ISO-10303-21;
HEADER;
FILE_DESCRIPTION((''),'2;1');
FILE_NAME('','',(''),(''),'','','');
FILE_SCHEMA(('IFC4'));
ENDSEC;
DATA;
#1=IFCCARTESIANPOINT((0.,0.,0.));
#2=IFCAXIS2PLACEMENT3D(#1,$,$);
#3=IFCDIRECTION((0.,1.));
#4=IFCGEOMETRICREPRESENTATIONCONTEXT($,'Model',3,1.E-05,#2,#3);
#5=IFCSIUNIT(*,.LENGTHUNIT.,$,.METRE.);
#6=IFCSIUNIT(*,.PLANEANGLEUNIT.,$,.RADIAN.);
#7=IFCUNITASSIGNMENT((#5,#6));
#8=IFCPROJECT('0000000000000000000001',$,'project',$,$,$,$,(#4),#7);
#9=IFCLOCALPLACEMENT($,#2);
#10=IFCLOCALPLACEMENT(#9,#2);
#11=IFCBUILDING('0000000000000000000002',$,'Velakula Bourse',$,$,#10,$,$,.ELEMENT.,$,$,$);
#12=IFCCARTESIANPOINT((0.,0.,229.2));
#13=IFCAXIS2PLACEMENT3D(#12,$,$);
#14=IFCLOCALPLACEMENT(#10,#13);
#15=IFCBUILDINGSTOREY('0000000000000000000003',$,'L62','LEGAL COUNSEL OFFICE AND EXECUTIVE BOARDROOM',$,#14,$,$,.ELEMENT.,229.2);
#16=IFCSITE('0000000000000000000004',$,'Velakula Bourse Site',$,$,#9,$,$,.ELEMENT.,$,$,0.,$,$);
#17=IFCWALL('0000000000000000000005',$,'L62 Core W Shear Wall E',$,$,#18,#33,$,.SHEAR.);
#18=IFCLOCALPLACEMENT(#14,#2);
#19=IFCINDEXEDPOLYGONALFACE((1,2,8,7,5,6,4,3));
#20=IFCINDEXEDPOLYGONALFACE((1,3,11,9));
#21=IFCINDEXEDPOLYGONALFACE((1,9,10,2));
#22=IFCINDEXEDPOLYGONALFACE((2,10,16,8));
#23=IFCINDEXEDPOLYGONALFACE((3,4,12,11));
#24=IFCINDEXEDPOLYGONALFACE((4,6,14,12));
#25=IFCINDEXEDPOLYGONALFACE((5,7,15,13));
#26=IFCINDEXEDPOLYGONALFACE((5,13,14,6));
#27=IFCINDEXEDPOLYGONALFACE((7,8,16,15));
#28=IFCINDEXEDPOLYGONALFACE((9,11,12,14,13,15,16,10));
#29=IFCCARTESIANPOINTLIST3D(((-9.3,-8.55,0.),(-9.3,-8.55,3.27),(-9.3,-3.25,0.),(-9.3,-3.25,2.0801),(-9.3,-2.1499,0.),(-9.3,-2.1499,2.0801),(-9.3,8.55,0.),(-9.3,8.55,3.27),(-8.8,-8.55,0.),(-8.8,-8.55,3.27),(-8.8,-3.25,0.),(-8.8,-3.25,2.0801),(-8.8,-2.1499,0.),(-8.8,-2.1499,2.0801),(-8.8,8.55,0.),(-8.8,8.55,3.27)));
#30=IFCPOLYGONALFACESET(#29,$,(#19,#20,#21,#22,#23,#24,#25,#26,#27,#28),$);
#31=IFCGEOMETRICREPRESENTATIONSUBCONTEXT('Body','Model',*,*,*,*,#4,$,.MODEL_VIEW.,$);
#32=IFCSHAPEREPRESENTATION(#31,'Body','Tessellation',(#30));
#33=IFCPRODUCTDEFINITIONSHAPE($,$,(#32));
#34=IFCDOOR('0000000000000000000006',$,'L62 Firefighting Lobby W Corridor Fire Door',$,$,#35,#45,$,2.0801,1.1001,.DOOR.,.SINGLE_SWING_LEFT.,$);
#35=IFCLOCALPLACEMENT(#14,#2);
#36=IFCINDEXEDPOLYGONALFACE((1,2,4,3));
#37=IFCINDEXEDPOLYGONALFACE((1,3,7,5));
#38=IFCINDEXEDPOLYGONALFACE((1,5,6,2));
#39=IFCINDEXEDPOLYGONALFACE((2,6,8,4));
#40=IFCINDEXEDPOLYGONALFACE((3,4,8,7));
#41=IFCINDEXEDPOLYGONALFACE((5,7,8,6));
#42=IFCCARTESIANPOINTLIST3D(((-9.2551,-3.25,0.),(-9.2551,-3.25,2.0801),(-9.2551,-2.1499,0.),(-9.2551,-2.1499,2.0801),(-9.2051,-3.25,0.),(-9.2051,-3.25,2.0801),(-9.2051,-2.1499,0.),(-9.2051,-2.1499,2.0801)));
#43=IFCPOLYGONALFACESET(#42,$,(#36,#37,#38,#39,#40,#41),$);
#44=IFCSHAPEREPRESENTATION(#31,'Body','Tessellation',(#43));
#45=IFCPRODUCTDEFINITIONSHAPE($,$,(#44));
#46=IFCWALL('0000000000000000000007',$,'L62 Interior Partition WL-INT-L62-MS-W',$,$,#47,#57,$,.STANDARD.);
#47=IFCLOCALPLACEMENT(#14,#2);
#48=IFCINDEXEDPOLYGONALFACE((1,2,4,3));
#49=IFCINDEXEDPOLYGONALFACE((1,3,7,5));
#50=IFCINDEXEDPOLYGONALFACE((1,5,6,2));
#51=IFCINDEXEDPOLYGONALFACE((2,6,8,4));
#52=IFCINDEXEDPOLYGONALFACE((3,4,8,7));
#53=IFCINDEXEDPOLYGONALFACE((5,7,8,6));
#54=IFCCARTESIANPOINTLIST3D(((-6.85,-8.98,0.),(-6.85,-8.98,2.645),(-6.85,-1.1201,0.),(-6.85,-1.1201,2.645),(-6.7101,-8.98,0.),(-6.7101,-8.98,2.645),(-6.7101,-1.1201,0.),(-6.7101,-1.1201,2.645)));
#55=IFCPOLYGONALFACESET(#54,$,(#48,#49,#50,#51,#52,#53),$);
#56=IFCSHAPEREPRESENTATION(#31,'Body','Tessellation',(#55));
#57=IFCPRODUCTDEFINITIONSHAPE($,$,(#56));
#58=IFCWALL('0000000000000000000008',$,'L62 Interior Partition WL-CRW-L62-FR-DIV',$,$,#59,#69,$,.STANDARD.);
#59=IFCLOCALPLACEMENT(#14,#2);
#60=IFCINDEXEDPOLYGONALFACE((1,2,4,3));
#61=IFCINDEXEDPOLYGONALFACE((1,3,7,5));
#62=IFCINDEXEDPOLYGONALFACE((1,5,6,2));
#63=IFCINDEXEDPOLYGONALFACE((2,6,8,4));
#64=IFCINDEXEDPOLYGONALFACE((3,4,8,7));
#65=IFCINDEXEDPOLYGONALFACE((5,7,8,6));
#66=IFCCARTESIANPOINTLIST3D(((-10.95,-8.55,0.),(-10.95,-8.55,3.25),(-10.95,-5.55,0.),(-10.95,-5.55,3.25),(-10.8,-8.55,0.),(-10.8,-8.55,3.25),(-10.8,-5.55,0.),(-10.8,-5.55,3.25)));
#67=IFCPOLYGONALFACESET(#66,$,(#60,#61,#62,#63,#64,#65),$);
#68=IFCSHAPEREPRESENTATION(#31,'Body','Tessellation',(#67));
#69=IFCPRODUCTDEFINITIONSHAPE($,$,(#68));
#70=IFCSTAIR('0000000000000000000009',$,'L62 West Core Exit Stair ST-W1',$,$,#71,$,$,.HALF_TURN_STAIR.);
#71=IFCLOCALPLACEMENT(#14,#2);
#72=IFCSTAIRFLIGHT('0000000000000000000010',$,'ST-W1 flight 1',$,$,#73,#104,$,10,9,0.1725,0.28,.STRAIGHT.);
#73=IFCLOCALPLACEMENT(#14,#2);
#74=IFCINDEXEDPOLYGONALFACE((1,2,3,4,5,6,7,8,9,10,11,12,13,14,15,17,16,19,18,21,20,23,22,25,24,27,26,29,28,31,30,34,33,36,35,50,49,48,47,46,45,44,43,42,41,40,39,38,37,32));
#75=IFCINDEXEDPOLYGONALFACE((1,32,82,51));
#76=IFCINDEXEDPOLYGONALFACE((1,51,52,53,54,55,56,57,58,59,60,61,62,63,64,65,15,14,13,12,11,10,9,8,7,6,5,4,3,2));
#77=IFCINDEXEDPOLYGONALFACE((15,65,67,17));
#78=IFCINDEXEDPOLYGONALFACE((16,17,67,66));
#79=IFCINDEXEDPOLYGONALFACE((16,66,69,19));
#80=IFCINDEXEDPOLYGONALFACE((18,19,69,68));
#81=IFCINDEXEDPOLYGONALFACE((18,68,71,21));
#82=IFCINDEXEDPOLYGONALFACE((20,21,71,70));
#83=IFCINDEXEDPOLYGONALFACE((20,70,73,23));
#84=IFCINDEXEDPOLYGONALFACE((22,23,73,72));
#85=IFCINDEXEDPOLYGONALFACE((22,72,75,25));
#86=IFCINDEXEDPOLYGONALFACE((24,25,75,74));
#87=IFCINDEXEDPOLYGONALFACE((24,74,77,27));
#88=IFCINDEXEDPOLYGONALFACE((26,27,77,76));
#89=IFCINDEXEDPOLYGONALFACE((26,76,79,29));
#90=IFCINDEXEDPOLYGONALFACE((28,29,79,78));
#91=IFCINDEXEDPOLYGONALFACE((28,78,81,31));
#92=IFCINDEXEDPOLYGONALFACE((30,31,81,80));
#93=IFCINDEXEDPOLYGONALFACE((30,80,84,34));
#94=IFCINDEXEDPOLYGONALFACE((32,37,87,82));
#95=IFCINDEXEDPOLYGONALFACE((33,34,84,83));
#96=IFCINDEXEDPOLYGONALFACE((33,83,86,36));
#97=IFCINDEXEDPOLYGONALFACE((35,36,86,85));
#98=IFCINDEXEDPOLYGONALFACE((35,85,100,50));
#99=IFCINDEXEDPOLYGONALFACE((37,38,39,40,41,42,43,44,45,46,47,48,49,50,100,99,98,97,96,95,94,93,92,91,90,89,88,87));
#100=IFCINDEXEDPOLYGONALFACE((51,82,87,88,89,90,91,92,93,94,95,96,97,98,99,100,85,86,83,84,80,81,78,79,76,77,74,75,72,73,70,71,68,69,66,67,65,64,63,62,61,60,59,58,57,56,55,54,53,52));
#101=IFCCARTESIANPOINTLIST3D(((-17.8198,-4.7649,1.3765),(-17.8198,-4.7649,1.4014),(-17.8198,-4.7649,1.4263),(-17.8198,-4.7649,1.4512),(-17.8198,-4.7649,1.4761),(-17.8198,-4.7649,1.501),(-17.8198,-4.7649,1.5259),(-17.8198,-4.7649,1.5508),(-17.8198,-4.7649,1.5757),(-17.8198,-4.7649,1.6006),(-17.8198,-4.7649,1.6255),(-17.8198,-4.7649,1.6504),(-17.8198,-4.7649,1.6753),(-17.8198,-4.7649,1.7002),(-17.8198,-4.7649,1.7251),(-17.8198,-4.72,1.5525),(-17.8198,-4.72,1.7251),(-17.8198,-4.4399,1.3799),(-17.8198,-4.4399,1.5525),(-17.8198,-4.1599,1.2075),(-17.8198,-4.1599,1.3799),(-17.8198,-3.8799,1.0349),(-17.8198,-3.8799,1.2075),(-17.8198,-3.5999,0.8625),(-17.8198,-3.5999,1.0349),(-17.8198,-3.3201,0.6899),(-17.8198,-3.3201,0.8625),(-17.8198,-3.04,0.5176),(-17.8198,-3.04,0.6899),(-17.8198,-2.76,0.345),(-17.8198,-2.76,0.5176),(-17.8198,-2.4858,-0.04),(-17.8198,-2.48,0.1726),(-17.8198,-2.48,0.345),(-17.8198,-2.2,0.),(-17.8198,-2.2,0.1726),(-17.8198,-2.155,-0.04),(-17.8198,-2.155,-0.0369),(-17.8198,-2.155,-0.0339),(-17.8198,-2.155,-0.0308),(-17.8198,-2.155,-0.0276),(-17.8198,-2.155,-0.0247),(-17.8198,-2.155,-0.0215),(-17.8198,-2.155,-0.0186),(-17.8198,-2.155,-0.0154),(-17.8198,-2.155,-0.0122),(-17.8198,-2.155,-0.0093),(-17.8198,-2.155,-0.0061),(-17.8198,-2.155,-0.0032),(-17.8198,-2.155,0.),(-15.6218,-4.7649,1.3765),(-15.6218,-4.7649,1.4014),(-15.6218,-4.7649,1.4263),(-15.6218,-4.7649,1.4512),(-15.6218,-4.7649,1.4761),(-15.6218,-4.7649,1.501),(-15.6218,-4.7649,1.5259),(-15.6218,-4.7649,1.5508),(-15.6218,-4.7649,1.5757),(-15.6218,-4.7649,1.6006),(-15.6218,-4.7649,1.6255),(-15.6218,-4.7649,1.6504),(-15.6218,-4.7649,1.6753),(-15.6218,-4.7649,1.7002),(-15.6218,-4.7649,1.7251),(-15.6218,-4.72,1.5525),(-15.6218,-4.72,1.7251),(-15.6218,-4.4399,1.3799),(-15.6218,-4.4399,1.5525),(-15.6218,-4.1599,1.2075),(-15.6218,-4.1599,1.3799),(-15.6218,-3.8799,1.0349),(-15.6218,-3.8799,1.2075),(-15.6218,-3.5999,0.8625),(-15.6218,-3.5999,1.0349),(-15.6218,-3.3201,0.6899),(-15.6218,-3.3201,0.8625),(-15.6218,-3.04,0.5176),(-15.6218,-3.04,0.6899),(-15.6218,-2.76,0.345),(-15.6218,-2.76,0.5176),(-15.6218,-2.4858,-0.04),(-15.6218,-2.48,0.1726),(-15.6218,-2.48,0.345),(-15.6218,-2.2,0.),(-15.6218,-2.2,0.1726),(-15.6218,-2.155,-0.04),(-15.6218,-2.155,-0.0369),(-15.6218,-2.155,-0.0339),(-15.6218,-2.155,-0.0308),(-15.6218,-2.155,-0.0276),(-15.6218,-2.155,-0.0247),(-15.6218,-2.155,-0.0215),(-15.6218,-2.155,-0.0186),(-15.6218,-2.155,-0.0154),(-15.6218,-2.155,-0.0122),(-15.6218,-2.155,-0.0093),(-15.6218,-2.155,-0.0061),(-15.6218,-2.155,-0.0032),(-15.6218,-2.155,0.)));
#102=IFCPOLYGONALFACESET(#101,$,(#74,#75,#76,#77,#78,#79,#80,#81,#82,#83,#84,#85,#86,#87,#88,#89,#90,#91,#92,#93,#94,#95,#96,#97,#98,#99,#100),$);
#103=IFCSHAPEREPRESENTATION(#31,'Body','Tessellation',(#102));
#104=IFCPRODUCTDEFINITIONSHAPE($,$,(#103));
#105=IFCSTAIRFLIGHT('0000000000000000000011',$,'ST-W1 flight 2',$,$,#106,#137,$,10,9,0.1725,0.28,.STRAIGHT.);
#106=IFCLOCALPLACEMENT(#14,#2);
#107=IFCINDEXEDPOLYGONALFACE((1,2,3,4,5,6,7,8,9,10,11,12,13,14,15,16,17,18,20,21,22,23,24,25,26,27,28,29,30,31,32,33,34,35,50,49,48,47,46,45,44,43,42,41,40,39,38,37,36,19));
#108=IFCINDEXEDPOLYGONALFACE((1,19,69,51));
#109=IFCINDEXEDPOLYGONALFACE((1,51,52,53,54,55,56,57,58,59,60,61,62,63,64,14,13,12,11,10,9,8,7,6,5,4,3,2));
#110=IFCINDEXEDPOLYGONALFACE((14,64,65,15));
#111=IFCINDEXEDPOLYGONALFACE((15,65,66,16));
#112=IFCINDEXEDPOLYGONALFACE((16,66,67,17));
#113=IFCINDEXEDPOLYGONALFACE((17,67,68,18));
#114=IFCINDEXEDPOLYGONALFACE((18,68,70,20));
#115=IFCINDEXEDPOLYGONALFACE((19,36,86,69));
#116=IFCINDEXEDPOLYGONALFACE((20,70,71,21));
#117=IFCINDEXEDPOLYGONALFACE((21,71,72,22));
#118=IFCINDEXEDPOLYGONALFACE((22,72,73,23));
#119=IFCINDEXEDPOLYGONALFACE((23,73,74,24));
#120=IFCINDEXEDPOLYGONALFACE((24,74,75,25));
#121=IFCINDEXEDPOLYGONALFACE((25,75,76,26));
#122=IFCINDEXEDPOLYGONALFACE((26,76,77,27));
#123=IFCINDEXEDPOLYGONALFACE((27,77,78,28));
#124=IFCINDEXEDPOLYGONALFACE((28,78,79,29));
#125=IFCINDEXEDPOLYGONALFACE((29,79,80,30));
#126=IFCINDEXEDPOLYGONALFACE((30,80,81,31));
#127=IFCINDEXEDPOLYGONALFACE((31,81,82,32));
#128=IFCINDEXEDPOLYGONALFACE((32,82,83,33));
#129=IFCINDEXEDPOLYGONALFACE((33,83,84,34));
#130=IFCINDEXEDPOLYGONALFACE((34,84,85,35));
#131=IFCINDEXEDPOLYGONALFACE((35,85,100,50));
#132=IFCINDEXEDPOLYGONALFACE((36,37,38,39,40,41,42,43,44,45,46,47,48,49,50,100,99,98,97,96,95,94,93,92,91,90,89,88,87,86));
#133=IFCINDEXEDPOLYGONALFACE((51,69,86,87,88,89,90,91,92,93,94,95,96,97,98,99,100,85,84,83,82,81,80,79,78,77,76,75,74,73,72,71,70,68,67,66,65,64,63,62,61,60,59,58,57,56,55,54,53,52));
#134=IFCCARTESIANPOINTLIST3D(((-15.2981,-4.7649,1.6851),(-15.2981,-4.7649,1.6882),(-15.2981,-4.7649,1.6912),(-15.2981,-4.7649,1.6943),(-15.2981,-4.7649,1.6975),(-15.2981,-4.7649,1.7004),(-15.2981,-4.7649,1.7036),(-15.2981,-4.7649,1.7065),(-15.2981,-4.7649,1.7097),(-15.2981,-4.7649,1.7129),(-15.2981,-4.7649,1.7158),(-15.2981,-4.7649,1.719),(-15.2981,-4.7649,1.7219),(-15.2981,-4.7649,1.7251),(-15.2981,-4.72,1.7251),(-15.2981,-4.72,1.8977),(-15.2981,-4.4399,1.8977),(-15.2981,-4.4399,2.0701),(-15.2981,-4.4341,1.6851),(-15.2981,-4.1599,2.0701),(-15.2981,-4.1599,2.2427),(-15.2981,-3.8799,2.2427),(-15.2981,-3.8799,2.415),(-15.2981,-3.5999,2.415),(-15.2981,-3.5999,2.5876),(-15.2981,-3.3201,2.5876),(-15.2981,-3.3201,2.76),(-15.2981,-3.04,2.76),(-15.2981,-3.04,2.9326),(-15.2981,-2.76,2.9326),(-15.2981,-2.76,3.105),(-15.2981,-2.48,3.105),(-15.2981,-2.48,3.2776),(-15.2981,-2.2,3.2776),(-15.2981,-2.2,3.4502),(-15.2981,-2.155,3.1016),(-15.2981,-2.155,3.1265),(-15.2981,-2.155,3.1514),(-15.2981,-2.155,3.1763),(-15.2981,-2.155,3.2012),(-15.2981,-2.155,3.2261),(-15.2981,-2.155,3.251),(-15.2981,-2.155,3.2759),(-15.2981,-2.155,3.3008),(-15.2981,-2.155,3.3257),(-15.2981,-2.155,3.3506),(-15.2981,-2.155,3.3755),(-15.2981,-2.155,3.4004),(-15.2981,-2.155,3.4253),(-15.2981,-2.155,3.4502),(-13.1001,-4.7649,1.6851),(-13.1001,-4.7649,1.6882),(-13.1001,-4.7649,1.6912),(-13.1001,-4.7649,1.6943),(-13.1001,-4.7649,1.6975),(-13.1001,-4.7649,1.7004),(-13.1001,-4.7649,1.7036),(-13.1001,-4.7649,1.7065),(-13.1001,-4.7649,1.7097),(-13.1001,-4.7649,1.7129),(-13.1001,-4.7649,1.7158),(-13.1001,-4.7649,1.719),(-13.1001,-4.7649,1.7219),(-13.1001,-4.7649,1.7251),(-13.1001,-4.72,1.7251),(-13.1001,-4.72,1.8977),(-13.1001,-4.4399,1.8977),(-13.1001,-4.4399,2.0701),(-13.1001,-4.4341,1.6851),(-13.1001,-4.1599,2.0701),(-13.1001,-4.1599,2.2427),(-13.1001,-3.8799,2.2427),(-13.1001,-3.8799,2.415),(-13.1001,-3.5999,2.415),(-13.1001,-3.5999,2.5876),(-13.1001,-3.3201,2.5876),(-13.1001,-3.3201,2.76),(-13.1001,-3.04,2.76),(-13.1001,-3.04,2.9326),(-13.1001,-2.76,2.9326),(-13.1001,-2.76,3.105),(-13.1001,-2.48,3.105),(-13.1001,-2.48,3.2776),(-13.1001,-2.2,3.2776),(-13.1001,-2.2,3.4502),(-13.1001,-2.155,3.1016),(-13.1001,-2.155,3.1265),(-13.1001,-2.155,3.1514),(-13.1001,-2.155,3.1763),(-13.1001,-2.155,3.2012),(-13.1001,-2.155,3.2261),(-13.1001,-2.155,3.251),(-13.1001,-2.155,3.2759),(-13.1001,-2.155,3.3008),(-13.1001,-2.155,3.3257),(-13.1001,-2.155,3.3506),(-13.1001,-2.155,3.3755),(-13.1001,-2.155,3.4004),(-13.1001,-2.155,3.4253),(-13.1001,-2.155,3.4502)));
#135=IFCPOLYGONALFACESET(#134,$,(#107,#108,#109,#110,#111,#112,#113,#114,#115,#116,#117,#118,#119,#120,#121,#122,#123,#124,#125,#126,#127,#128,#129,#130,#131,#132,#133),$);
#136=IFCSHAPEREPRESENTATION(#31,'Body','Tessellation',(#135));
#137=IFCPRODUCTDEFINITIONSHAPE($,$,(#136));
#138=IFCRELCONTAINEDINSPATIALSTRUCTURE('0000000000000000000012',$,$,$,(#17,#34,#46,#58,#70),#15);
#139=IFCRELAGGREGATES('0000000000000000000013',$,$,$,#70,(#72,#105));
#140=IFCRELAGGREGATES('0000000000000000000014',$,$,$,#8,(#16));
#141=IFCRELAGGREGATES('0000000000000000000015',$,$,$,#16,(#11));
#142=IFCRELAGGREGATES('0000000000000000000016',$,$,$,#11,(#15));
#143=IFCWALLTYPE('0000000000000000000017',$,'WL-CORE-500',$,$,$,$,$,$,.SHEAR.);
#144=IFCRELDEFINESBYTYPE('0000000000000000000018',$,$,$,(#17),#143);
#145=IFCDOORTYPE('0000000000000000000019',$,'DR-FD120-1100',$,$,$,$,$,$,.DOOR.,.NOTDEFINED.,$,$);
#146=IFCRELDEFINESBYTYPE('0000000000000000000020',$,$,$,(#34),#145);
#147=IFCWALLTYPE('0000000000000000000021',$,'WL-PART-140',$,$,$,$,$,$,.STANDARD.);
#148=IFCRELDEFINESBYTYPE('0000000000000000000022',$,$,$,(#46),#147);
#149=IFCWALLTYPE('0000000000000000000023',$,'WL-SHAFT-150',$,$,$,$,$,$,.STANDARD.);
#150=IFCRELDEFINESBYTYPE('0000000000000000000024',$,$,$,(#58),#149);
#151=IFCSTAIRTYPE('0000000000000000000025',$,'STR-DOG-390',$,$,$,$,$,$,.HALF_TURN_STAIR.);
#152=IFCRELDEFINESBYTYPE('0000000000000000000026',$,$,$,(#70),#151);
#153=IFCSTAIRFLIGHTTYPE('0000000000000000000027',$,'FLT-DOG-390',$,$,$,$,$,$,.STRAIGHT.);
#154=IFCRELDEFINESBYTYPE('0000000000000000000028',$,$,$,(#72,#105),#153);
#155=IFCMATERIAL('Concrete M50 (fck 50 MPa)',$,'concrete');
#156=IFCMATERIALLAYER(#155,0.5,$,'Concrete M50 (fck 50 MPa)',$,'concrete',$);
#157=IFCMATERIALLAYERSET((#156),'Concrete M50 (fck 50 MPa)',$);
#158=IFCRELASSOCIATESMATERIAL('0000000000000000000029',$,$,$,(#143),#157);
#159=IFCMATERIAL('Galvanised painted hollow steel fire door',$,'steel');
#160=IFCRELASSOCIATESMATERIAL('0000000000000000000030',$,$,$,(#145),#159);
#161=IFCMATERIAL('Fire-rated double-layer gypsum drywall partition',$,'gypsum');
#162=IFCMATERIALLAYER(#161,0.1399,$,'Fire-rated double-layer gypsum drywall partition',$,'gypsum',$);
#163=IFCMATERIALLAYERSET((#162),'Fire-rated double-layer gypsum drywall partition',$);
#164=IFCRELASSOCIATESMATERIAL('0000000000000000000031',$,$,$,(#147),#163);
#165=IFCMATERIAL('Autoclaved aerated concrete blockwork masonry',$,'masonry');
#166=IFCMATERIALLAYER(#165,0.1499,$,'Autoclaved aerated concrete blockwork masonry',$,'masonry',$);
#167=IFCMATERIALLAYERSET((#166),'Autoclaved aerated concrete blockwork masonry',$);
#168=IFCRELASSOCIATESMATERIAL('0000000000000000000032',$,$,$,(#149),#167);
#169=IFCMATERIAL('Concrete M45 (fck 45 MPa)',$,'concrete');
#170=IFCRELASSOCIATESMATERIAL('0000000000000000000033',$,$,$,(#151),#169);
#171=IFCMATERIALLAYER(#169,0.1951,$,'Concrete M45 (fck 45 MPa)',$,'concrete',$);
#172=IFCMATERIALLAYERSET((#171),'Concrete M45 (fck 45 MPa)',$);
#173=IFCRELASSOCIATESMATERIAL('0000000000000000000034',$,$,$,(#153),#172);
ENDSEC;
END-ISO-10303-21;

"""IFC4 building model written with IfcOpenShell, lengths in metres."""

from ifc_helpers import new_model, si_unit, direction, frame, frame_2d, origin, place, context, subcontext, project, spatial, polyline, rectangle, outline, extrude, material, layer, layer_set, type_object, element, fill, aggregate, save


model = new_model("IFC4")

# Units and contexts
model_context = context("Model", 3, precision=1e-05, world=origin(), true_north=direction((0.0, 1.0)))
body_context = subcontext(model_context, "Body", "Model", "MODEL_VIEW")
ifc_project = project(units=[si_unit("LENGTHUNIT", "METRE"), si_unit("PLANEANGLEUNIT", "RADIAN")], contexts=[model_context])

# Site, building, storey
site_placement = place(None, origin())
site = spatial("IfcSite", under=ifc_project, at=site_placement, Name="Velakula Bourse Site", CompositionType="ELEMENT", RefElevation=0.0)
building_placement = place(site_placement, origin())
building = spatial("IfcBuilding", under=site, at=building_placement, Name="Velakula Bourse", CompositionType="ELEMENT")
storey_placement = place(building_placement, frame((0.0, 0.0, 229.2)))
storey = spatial("IfcBuildingStorey", under=building, at=storey_placement, Name="L62", Description="LEGAL COUNSEL OFFICE AND EXECUTIVE BOARDROOM", CompositionType="ELEMENT", Elevation=229.2)

# Shared definitions
ifc_material_1 = material(Name="Concrete M50 (fck 50 MPa)", Category="concrete")

# Shared definitions
ifc_material_2 = material(Name="Galvanised painted hollow steel fire door", Category="steel")

# Wall, opening, door
ifc_layer_1 = layer(ifc_material_1, 0.5, Name="Concrete M50 (fck 50 MPa)", Category="concrete")
ifc_layer_set_1 = layer_set([ifc_layer_1], Name="Concrete M50 (fck 50 MPa)")
wall_type_1 = type_object("IfcWallType", Name="WL-CORE-500", PredefinedType="SHEAR", material=ifc_layer_set_1)
wall_1_placement = place(storey_placement, frame((-9.05, -8.55, 0.0), z_axis=(0.0, 0.0, 1.0), x_axis=(0.0, 1.0, 0.0)))
wall_1 = element("IfcWall", 1, at=wall_1_placement, inside=storey, type_object=wall_type_1, Name="L62 Core W Shear Wall E", PredefinedType="SHEAR", context=body_context, shape_type="SweptSolid", body=[
    extrude(rectangle(XDim=17.1001, YDim=0.5, at=frame_2d((8.55, 0.0))), origin(), (0.0, 0.0, 1.0), 3.27),
])
opening_1_placement = place(wall_1_placement, frame((5.3, 0.0, 0.0)))
opening_1 = element("IfcOpeningElement", 2, at=opening_1_placement, cuts=wall_1, PredefinedType="OPENING", context=body_context, shape_type="SweptSolid", body=[
    extrude(rectangle(XDim=1.1001, YDim=2.0801, at=frame_2d((0.55, 1.04))), frame((0.0, 0.26, 0.0), z_axis=(0.0, -1.0, 0.0), x_axis=(1.0, 0.0, 0.0)), (0.0, 0.0, 1.0), 0.52),
])
door_type_1 = type_object("IfcDoorType", Name="DR-FD120-1100", OperationType="NOTDEFINED", PredefinedType="DOOR", material=ifc_material_2)
door_1_placement = place(opening_1_placement, origin())
door_1 = element("IfcDoor", 3, at=door_1_placement, inside=storey, type_object=door_type_1, Name="L62 Firefighting Lobby W Corridor Fire Door", OperationType="SINGLE_SWING_LEFT", OverallHeight=2.0801, OverallWidth=1.1001, PredefinedType="DOOR", context=body_context, shape_type="SweptSolid", body=[
    extrude(rectangle(XDim=1.1001, YDim=2.0801, at=frame_2d((0.55, 1.04))), frame((0.0, 0.2051, 0.0), z_axis=(0.0, -1.0, 0.0), x_axis=(1.0, 0.0, 0.0)), (0.0, 0.0, 1.0), 0.05),
])
fill(opening_1, door_1)

# Wall
ifc_material_3 = material(Name="Fire-rated double-layer gypsum drywall partition", Category="gypsum")
ifc_layer_2 = layer(ifc_material_3, 0.1399, Name="Fire-rated double-layer gypsum drywall partition", Category="gypsum")
ifc_layer_set_2 = layer_set([ifc_layer_2], Name="Fire-rated double-layer gypsum drywall partition")
wall_type_2 = type_object("IfcWallType", Name="WL-PART-140", PredefinedType="STANDARD", material=ifc_layer_set_2)
wall_2_placement = place(storey_placement, frame((-6.78, -8.98, 0.0), z_axis=(0.0, 0.0, 1.0), x_axis=(0.0, 1.0, 0.0)))
element("IfcWall", 4, at=wall_2_placement, inside=storey, type_object=wall_type_2, Name="L62 Interior Partition WL-INT-L62-MS-W", PredefinedType="STANDARD", context=body_context, shape_type="SweptSolid", body=[
    extrude(rectangle(XDim=7.8599, YDim=0.1399, at=frame_2d((3.9299, 0.0))), origin(), (0.0, 0.0, 1.0), 2.645),
])

# Shared definitions
ifc_material_4 = material(Name="Autoclaved aerated concrete blockwork masonry", Category="masonry")
ifc_layer_3 = layer(ifc_material_4, 0.1499, Name="Autoclaved aerated concrete blockwork masonry", Category="masonry")
ifc_layer_set_3 = layer_set([ifc_layer_3], Name="Autoclaved aerated concrete blockwork masonry")
wall_type_3 = type_object("IfcWallType", Name="WL-SHAFT-150", PredefinedType="STANDARD", material=ifc_layer_set_3)

# Wall
wall_3_placement = place(storey_placement, frame((-10.875, -8.55, 0.0), z_axis=(0.0, 0.0, 1.0), x_axis=(0.0, 1.0, 0.0)))
element("IfcWall", 5, at=wall_3_placement, inside=storey, type_object=wall_type_3, Name="L62 Interior Partition WL-CRW-L62-FR-DIV", PredefinedType="STANDARD", context=body_context, shape_type="SweptSolid", body=[
    extrude(rectangle(XDim=3.0, YDim=0.1499, at=frame_2d((1.5, 0.0))), origin(), (0.0, 0.0, 1.0), 3.25),
])

# Stair, stair flights
ifc_material_5 = material(Name="Concrete M45 (fck 45 MPa)", Category="concrete")
stair_type = type_object("IfcStairType", Name="STR-DOG-390", PredefinedType="HALF_TURN_STAIR", material=ifc_material_5)
stair_placement = place(storey_placement, origin())
stair = element("IfcStair", 6, at=stair_placement, inside=storey, type_object=stair_type, Name="L62 West Core Exit Stair ST-W1", PredefinedType="HALF_TURN_STAIR")
ifc_layer_4 = layer(ifc_material_5, 0.1951, Name="Concrete M45 (fck 45 MPa)", Category="concrete")
ifc_layer_set_4 = layer_set([ifc_layer_4], Name="Concrete M45 (fck 45 MPa)")
stair_flight_type = type_object("IfcStairFlightType", Name="FLT-DOG-390", PredefinedType="STRAIGHT", material=ifc_layer_set_4)
stair_flight_1_placement = place(storey_placement, frame((-16.7209, -2.2, 0.0), z_axis=(0.0, 0.0, 1.0), x_axis=(0.0, -1.0, 0.0)))
stair_flight_1 = element("IfcStairFlight", 7, at=stair_flight_1_placement, type_object=stair_flight_type, Name="ST-W1 flight 1", NumberOfRisers=10, NumberOfTreads=9, PredefinedType="STRAIGHT", RiserHeight=0.1725, TreadLength=0.28, context=body_context, shape_type="SweptSolid", body=[
    extrude(outline(polyline([(-0.0449, -0.04), (-0.0449, -0.0369), (-0.0449, -0.0339), (-0.0449, -0.0308), (-0.0449, -0.0276), (-0.0449, -0.0247), (-0.0449, -0.0215), (-0.0449, -0.0186), (-0.0449, -0.0154), (-0.0449, -0.0122), (-0.0449, -0.0093), (-0.0449, -0.0061), (-0.0449, -0.0032), (-0.0449, 0.0), (0.0, 0.0), (0.0, 0.1726), (0.28, 0.1726), (0.28, 0.345), (0.5601, 0.345), (0.5601, 0.5176), (0.8401, 0.5176), (0.8401, 0.6899), (1.1201, 0.6899), (1.1201, 0.8625), (1.3999, 0.8625), (1.3999, 1.0349), (1.6799, 1.0349), (1.6799, 1.2075), (1.96, 1.2075), (1.96, 1.3799), (2.24, 1.3799), (2.24, 1.5525), (2.52, 1.5525), (2.52, 1.7251), (2.5649, 1.7251), (2.5649, 1.7002), (2.5649, 1.6753), (2.5649, 1.6504), (2.5649, 1.6255), (2.5649, 1.6006), (2.5649, 1.5757), (2.5649, 1.5508), (2.5649, 1.5259), (2.5649, 1.501), (2.5649, 1.4761), (2.5649, 1.4512), (2.5649, 1.4263), (2.5649, 1.4014), (2.5649, 1.3765), (0.2859, -0.04), (-0.0449, -0.04)])), frame((0.0, 1.0991, 0.0), z_axis=(0.0, -1.0, 0.0), x_axis=(1.0, 0.0, 0.0)), (0.0, 0.0, 1.0), 2.198),
])
stair_flight_2_placement = place(storey_placement, frame((-14.199, -4.72, 1.7251), z_axis=(0.0, 0.0, 1.0), x_axis=(0.0, 1.0, 0.0)))
stair_flight_2 = element("IfcStairFlight", 8, at=stair_flight_2_placement, type_object=stair_flight_type, Name="ST-W1 flight 2", NumberOfRisers=10, NumberOfTreads=9, PredefinedType="STRAIGHT", RiserHeight=0.1725, TreadLength=0.28, context=body_context, shape_type="SweptSolid", body=[
    extrude(outline(polyline([(-0.0449, -0.04), (-0.0449, -0.0369), (-0.0449, -0.0339), (-0.0449, -0.0308), (-0.0449, -0.0276), (-0.0449, -0.0247), (-0.0449, -0.0215), (-0.0449, -0.0186), (-0.0449, -0.0154), (-0.0449, -0.0122), (-0.0449, -0.0093), (-0.0449, -0.0061), (-0.0449, -0.0032), (-0.0449, 0.0), (0.0, 0.0), (0.0, 0.1726), (0.28, 0.1726), (0.28, 0.345), (0.5601, 0.345), (0.5601, 0.5176), (0.8401, 0.5176), (0.8401, 0.6899), (1.1201, 0.6899), (1.1201, 0.8625), (1.3999, 0.8625), (1.3999, 1.0349), (1.6799, 1.0349), (1.6799, 1.2075), (1.96, 1.2075), (1.96, 1.3799), (2.24, 1.3799), (2.24, 1.5525), (2.52, 1.5525), (2.52, 1.7251), (2.5649, 1.7251), (2.5649, 1.7002), (2.5649, 1.6753), (2.5649, 1.6504), (2.5649, 1.6255), (2.5649, 1.6006), (2.5649, 1.5757), (2.5649, 1.5508), (2.5649, 1.5259), (2.5649, 1.501), (2.5649, 1.4761), (2.5649, 1.4512), (2.5649, 1.4263), (2.5649, 1.4014), (2.5649, 1.3765), (0.2859, -0.04), (-0.0449, -0.04)])), frame((0.0, 1.0991, 0.0), z_axis=(0.0, -1.0, 0.0), x_axis=(1.0, 0.0, 0.0)), (0.0, 0.0, 1.0), 2.198),
])
aggregate(stair, [stair_flight_1, stair_flight_2])

save(model, "model.ifc")
